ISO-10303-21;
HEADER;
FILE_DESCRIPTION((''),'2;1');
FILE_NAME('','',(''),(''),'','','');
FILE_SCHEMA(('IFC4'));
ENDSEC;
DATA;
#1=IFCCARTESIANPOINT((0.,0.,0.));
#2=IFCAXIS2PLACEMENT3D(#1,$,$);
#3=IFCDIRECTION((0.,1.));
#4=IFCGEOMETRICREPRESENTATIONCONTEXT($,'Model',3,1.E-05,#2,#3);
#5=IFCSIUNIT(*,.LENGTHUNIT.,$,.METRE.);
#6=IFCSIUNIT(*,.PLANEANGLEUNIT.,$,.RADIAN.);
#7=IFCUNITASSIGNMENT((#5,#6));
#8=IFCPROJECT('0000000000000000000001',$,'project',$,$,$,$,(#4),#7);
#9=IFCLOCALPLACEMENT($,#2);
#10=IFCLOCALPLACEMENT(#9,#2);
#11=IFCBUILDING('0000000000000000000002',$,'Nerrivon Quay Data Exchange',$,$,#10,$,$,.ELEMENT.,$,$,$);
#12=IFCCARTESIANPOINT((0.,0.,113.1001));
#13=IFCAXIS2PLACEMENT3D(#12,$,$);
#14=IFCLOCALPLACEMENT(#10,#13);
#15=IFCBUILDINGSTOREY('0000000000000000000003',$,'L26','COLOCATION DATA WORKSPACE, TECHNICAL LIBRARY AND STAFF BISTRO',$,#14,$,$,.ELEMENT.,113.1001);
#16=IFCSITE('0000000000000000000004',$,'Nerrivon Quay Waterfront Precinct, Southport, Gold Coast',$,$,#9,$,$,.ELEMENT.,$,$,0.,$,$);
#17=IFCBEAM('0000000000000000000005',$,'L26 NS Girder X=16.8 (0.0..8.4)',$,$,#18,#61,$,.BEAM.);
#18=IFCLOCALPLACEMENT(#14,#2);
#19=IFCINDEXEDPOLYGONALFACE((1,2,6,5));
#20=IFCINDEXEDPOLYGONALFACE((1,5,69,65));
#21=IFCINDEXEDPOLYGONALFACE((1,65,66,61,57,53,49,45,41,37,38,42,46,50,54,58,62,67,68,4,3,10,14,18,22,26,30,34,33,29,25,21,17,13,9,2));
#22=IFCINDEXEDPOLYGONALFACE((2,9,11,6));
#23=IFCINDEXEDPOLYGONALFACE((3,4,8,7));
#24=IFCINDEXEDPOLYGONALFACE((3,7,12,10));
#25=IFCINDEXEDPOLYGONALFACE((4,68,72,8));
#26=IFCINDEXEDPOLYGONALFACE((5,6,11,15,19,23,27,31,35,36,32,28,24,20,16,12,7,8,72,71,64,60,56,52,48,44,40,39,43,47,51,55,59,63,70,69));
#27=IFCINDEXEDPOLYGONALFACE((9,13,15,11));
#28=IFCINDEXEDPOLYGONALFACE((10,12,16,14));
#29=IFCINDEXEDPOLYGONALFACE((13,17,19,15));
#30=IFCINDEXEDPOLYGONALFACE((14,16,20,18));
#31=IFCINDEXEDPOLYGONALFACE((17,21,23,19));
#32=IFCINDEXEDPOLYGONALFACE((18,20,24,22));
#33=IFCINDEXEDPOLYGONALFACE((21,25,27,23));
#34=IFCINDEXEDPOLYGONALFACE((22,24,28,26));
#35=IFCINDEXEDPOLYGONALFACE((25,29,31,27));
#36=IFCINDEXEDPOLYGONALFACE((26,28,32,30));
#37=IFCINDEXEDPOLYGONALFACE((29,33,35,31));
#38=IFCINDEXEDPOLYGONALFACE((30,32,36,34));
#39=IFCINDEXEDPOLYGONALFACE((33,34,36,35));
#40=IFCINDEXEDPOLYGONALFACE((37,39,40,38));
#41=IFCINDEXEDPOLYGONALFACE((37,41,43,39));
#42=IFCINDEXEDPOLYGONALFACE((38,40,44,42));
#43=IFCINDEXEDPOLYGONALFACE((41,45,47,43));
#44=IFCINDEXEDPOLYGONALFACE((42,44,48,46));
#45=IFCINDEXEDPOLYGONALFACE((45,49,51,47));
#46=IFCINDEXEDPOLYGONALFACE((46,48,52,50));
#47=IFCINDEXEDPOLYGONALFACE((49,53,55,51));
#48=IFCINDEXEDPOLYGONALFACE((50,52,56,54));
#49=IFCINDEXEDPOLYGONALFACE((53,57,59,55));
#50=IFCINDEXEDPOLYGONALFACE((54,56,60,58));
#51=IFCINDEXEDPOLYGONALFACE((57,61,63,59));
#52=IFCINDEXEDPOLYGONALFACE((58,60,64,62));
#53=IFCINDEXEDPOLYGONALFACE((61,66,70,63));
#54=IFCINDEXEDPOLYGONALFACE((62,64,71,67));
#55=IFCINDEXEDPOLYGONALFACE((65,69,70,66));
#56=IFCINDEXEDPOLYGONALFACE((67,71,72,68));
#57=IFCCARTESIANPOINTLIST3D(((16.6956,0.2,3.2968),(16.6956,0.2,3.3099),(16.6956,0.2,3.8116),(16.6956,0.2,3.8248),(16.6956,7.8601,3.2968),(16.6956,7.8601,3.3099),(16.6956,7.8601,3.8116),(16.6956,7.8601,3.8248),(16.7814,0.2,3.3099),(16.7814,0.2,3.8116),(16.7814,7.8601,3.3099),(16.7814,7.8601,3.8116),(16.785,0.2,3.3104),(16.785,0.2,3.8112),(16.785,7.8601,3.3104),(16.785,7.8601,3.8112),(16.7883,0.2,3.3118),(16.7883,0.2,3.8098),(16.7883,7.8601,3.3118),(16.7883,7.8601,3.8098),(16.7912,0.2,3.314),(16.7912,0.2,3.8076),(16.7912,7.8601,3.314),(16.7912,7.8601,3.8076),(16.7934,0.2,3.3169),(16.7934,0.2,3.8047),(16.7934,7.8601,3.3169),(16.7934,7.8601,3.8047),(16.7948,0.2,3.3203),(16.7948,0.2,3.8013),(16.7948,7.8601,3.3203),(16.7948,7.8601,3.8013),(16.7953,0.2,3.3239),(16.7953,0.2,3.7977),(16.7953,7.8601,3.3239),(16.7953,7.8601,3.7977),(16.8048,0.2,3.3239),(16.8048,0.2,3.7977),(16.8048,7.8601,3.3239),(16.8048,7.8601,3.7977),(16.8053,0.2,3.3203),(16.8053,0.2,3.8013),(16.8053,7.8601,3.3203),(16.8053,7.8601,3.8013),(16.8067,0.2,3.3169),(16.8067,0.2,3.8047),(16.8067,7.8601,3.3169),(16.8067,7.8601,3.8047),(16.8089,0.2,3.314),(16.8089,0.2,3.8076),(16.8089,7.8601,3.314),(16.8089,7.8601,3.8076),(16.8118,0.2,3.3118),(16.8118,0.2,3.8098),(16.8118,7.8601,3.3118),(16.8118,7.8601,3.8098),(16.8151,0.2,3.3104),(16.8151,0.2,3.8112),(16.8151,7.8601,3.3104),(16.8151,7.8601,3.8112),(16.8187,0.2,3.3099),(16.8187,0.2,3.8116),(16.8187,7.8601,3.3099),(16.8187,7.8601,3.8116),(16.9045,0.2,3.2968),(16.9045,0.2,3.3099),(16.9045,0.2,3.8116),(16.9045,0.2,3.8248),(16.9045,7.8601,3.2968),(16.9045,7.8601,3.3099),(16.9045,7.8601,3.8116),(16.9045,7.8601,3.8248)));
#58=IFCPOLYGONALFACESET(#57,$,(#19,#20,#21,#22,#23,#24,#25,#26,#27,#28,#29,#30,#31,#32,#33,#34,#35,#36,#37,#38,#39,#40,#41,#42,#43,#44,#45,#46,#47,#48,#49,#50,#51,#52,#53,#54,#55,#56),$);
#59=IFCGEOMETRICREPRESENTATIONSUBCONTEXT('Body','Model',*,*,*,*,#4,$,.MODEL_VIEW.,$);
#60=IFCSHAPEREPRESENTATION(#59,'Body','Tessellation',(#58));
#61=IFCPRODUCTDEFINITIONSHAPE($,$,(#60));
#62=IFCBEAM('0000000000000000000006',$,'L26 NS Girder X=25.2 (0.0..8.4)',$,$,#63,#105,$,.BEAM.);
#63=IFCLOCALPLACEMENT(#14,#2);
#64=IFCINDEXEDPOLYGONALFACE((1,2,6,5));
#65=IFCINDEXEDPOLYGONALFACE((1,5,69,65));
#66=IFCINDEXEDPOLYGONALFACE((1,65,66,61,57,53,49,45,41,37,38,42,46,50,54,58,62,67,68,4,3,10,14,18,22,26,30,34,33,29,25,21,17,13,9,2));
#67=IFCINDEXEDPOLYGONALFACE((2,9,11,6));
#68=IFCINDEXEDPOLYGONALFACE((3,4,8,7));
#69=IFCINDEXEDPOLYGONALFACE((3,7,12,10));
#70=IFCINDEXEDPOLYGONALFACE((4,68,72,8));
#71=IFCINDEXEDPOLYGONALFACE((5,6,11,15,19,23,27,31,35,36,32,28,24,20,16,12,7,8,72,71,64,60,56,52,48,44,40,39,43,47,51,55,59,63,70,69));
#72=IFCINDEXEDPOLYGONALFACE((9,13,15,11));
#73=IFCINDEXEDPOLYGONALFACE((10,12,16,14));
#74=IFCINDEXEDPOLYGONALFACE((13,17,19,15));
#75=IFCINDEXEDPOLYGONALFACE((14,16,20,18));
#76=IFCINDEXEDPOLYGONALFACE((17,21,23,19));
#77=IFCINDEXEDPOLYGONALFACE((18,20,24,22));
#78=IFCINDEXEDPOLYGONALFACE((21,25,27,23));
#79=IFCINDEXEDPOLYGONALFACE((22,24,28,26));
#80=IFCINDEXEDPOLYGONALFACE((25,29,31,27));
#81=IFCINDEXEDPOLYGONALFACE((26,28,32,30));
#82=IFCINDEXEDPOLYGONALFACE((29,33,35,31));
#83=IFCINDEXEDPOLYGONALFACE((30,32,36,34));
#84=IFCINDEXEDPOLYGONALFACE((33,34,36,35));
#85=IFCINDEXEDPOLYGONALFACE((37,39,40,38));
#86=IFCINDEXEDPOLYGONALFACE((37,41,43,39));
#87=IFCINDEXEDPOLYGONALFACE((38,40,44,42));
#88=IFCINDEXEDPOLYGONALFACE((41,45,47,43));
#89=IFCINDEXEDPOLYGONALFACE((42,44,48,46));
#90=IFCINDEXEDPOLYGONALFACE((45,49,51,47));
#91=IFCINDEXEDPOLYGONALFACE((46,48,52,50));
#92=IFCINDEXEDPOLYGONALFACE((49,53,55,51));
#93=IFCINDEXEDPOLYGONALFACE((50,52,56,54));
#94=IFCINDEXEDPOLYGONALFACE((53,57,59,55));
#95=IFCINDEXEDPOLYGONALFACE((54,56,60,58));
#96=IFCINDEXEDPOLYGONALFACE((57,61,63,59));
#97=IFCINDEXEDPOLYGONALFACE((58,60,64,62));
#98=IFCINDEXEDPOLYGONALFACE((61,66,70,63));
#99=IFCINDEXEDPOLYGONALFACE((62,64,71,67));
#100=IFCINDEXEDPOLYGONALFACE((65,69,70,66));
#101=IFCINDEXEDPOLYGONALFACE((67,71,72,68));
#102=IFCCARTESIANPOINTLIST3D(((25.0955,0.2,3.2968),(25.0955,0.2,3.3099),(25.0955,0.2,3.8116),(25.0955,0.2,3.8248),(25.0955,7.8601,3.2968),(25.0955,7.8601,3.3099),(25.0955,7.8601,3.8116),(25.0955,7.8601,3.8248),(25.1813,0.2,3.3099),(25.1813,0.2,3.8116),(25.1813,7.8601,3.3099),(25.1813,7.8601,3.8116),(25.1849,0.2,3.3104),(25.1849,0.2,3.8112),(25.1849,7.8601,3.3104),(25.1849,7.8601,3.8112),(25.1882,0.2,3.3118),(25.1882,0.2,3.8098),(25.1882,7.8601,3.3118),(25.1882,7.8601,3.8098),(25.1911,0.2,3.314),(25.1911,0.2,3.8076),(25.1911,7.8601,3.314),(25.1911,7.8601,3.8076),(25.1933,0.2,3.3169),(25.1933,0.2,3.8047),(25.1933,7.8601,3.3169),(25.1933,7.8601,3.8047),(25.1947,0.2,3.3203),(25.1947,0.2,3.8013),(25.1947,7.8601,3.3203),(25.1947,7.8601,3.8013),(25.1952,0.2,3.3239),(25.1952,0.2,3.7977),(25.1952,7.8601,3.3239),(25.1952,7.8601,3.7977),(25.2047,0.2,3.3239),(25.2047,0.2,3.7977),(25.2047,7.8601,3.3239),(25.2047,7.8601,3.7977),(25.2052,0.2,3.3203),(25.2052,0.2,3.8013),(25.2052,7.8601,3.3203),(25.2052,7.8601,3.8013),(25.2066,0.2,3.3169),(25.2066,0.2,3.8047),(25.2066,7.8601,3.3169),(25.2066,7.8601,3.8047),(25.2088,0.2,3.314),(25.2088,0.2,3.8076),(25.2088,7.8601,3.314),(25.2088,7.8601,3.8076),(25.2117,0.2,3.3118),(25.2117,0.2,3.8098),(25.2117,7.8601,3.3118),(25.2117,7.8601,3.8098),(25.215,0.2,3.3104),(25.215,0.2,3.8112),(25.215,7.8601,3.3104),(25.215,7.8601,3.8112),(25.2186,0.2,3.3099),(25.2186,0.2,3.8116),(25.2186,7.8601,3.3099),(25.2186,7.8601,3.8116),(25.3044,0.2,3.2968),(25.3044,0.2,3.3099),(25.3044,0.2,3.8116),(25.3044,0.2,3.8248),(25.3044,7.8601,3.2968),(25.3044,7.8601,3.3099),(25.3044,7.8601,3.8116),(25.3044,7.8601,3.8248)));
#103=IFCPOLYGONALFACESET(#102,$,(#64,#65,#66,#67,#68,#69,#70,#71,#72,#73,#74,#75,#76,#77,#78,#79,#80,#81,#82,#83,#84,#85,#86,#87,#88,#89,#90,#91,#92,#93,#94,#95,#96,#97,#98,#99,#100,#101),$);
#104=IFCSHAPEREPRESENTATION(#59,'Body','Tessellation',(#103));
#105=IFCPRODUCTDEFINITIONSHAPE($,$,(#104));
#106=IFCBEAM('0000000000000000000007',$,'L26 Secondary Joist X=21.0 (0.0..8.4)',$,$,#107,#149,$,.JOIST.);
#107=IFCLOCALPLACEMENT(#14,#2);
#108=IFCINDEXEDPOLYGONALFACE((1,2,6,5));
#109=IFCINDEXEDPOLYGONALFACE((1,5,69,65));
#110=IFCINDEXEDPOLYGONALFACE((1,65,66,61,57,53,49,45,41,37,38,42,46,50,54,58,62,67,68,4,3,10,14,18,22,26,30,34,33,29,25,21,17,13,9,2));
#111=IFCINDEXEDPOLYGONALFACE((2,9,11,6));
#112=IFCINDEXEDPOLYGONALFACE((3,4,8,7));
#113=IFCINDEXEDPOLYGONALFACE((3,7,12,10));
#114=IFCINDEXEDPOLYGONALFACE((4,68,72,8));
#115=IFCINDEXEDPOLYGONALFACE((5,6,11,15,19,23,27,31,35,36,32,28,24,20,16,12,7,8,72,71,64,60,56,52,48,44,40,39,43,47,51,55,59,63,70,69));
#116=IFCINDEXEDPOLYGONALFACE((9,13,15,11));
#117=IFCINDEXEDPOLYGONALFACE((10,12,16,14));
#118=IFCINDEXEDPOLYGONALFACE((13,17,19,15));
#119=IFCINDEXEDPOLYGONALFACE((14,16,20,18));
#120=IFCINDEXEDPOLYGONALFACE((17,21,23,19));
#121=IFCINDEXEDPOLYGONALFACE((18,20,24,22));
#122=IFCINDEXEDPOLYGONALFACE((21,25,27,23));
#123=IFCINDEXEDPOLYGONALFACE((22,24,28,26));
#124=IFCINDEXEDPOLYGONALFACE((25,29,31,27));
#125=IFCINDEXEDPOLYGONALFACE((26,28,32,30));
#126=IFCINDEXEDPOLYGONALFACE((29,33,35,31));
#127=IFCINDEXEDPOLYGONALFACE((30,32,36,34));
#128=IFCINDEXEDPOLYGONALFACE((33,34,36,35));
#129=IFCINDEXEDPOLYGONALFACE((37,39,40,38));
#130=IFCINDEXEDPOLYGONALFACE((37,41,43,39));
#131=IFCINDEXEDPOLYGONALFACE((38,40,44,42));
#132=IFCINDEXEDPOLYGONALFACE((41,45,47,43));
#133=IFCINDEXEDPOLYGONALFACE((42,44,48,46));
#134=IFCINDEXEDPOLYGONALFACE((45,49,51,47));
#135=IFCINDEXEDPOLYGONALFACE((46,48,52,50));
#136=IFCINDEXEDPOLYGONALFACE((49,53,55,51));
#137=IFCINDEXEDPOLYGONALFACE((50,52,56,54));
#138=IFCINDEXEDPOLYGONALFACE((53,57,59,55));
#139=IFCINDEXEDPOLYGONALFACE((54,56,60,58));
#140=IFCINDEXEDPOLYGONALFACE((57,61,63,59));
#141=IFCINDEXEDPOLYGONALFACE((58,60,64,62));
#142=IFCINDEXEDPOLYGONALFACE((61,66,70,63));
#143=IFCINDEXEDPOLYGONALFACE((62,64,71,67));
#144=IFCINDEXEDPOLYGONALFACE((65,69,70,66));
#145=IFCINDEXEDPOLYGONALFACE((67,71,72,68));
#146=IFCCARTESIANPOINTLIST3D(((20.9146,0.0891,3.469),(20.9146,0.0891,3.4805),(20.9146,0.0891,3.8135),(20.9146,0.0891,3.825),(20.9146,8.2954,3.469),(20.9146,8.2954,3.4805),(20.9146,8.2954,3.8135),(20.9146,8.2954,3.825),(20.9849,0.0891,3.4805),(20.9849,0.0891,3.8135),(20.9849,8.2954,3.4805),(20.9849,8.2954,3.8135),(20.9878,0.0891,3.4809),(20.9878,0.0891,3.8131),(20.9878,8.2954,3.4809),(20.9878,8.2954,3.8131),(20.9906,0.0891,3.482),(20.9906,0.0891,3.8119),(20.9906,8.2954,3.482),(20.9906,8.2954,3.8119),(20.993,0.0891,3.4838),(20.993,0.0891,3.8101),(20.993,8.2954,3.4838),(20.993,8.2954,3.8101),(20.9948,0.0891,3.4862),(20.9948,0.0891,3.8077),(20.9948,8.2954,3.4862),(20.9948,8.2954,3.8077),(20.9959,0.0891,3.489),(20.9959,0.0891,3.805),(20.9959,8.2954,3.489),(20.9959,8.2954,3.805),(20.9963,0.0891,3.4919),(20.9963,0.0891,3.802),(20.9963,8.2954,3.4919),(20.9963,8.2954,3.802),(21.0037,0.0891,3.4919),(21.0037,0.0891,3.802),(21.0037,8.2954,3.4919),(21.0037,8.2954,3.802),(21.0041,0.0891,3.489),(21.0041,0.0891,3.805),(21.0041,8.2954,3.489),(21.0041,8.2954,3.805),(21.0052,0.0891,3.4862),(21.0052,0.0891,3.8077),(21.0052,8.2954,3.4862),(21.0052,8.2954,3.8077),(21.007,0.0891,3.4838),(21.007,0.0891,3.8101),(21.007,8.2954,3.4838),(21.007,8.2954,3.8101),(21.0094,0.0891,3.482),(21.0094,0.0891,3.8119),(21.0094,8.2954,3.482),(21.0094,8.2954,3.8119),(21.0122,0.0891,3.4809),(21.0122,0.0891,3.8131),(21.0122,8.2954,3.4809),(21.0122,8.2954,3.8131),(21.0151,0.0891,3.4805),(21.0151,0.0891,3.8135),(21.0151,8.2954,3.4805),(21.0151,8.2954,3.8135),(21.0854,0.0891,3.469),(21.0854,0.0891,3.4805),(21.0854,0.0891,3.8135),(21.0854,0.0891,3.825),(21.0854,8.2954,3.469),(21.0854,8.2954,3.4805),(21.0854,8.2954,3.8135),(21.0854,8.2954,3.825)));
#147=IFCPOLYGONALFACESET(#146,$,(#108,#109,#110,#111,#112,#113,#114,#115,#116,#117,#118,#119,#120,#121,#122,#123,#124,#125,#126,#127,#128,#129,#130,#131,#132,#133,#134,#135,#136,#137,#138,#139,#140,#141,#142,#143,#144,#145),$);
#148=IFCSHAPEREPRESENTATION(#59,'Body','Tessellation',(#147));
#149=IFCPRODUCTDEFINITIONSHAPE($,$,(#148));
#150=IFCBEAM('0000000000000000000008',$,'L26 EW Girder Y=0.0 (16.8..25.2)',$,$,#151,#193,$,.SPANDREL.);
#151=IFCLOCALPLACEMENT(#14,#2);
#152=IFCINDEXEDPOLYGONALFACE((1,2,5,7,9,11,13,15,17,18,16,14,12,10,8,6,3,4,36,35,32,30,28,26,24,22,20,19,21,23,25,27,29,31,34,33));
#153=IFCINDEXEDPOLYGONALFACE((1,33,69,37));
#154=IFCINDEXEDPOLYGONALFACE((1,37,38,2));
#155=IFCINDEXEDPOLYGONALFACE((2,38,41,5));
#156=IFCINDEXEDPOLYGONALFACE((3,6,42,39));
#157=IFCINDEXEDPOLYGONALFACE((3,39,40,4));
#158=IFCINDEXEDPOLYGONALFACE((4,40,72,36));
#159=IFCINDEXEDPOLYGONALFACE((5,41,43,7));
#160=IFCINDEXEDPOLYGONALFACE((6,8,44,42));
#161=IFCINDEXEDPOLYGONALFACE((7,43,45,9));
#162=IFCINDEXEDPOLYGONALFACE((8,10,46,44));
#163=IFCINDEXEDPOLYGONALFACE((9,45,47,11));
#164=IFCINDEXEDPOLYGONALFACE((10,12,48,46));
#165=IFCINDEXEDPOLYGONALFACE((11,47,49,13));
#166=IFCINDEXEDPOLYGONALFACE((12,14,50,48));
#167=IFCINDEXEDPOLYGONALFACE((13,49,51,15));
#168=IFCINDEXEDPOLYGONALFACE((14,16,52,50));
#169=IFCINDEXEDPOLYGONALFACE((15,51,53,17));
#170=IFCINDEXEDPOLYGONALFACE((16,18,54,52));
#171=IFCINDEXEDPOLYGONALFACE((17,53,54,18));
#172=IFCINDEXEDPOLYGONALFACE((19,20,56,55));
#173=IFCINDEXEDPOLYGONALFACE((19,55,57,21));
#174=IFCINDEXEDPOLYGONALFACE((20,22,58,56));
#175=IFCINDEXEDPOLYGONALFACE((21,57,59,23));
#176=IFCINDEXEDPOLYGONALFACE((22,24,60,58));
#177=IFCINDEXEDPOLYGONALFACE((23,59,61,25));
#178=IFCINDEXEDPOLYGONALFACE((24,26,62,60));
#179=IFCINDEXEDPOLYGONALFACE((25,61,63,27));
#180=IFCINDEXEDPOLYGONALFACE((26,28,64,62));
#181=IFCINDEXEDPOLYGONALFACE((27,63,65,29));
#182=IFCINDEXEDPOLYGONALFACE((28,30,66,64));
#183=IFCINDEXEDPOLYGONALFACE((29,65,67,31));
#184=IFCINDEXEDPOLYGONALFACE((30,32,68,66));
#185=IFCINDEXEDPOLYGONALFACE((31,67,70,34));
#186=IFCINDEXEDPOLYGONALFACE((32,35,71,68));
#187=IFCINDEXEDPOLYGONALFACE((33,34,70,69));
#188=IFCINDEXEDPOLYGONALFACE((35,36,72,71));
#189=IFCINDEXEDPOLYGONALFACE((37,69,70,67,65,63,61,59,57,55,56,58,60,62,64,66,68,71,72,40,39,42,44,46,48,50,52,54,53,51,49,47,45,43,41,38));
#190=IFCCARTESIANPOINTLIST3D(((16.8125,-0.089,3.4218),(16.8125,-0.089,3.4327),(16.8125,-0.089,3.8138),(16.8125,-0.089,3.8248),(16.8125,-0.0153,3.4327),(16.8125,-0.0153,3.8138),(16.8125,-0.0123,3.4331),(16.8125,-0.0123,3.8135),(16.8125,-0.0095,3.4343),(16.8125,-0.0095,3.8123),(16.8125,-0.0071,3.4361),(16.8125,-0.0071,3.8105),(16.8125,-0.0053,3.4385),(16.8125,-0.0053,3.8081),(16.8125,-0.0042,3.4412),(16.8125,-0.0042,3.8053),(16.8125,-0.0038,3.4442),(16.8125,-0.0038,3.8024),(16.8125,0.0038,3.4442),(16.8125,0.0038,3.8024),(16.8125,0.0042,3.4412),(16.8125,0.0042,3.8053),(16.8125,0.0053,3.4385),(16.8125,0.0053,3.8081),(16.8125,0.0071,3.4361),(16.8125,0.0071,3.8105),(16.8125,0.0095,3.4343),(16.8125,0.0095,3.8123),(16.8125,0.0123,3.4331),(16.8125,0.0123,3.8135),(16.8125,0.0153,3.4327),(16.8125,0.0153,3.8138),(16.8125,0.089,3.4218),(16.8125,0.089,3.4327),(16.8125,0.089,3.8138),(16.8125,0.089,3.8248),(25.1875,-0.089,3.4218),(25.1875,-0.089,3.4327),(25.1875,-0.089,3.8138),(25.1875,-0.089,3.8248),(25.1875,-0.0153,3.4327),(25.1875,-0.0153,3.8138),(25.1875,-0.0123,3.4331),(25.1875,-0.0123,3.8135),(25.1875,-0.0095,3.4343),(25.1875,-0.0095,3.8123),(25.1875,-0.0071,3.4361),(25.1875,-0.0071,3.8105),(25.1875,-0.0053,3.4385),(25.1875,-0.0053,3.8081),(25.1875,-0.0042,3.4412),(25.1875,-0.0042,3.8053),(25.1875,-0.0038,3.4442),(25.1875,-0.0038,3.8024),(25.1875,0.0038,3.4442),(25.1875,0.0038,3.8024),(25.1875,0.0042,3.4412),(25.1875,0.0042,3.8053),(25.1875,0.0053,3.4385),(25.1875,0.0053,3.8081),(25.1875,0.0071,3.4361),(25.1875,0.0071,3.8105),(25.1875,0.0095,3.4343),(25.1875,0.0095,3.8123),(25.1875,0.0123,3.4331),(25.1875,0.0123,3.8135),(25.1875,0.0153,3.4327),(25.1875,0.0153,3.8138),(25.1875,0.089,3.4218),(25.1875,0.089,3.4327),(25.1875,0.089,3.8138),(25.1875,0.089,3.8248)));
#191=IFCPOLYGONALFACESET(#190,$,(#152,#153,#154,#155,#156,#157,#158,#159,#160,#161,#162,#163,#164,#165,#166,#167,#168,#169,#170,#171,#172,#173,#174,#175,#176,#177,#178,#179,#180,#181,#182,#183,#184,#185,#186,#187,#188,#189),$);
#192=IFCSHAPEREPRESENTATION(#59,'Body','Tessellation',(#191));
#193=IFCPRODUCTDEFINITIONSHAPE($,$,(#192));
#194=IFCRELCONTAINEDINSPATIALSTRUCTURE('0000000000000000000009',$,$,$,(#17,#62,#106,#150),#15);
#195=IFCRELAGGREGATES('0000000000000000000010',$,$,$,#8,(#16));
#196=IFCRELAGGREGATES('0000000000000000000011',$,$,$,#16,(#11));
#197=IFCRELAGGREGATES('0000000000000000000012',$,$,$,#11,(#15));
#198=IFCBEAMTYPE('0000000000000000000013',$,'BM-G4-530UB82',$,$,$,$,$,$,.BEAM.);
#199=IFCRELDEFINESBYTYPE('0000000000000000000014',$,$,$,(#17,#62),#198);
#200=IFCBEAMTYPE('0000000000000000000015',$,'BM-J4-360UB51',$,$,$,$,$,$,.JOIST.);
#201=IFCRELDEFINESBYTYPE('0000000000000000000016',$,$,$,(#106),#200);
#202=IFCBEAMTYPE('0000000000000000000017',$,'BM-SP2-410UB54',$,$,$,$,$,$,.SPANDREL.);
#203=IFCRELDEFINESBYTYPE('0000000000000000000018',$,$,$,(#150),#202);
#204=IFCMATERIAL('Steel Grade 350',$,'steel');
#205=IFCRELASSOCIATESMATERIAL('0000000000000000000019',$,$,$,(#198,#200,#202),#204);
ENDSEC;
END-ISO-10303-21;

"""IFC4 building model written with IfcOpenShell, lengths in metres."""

from ifc_helpers import new_model, si_unit, direction, frame, origin, origin_2d, place, context, subcontext, project, spatial, i_section, extrude, material, material_profile, profile_set, type_object, element, save


model = new_model("IFC4")

# Units and contexts
model_context = context("Model", 3, precision=1e-05, world=origin(), true_north=direction((0.0, 1.0)))
body_context = subcontext(model_context, "Body", "Model", "MODEL_VIEW")
ifc_project = project(units=[si_unit("LENGTHUNIT", "METRE"), si_unit("PLANEANGLEUNIT", "RADIAN")], contexts=[model_context])

# Site, building, storey
site_placement = place(None, origin())
site = spatial("IfcSite", under=ifc_project, at=site_placement, Name="Nerrivon Quay Waterfront Precinct, Southport, Gold Coast", CompositionType="ELEMENT", RefElevation=0.0)
building_placement = place(site_placement, origin())
building = spatial("IfcBuilding", under=site, at=building_placement, Name="Nerrivon Quay Data Exchange", CompositionType="ELEMENT")
storey_placement = place(building_placement, frame((0.0, 0.0, 113.1001)))
storey = spatial("IfcBuildingStorey", under=building, at=storey_placement, Name="L26", Description="COLOCATION DATA WORKSPACE, TECHNICAL LIBRARY AND STAFF BISTRO", CompositionType="ELEMENT", Elevation=113.1001)

# Shared definitions
ifc_material_1 = material(Name="Steel Grade 350", Category="steel")

# Beams
ifc_material_profile_1 = material_profile(ifc_material_1, i_section(OverallWidth=0.209, OverallDepth=0.5281, WebThickness=0.0095, FlangeThickness=0.0132, FilletRadius=0.0139, at=origin_2d()), Name="530UB82.0")
ifc_profile_set_1 = profile_set([ifc_material_profile_1], Name="Steel Grade 350")
beam_type_1 = type_object("IfcBeamType", Name="BM-G4-530UB82", PredefinedType="BEAM", material=ifc_profile_set_1)
for number, where, z_axis, x_axis, name in (
    (1, (16.8, 0.2, 3.5608), (0.0, 1.0, 0.0), (-1.0, 0.0, 0.0), "L26 NS Girder X=16.8 (0.0..8.4)"),
    (2, (25.2, 0.2, 3.5608), (0.0, 1.0, 0.0), (-1.0, 0.0, 0.0), "L26 NS Girder X=25.2 (0.0..8.4)"),
):
    element("IfcBeam", number, at=place(storey_placement, frame(where, z_axis=z_axis, x_axis=x_axis)), inside=storey, type_object=beam_type_1, Name=name, PredefinedType="BEAM", context=body_context, shape_type="SweptSolid", body=[
        extrude(i_section(OverallWidth=0.209, OverallDepth=0.5281, WebThickness=0.0095, FlangeThickness=0.0132, FilletRadius=0.0139, at=origin_2d()), origin(), (0.0, 0.0, 1.0), 7.6602),
    ])
ifc_material_profile_2 = material_profile(ifc_material_1, i_section(OverallWidth=0.1709, OverallDepth=0.356, WebThickness=0.0073, FlangeThickness=0.0115, FilletRadius=0.0115, at=origin_2d()), Name="360UB50.7")
ifc_profile_set_2 = profile_set([ifc_material_profile_2], Name="Steel Grade 350")
beam_type_2 = type_object("IfcBeamType", Name="BM-J4-360UB51", PredefinedType="JOIST", material=ifc_profile_set_2)
beam_1_placement = place(storey_placement, frame((21.0, 0.0891, 3.647), z_axis=(0.0, 1.0, 0.0), x_axis=(-1.0, 0.0, 0.0)))
element("IfcBeam", 3, at=beam_1_placement, inside=storey, type_object=beam_type_2, Name="L26 Secondary Joist X=21.0 (0.0..8.4)", PredefinedType="JOIST", context=body_context, shape_type="SweptSolid", body=[
    extrude(i_section(OverallWidth=0.1709, OverallDepth=0.356, WebThickness=0.0073, FlangeThickness=0.0115, FilletRadius=0.0115, at=origin_2d()), origin(), (0.0, 0.0, 1.0), 8.2063),
])
ifc_material_profile_3 = material_profile(ifc_material_1, i_section(OverallWidth=0.178, OverallDepth=0.4031, WebThickness=0.0076, FlangeThickness=0.011, FilletRadius=0.0115, at=origin_2d()), Name="410UB53.7")
ifc_profile_set_3 = profile_set([ifc_material_profile_3], Name="Steel Grade 350")
beam_type_3 = type_object("IfcBeamType", Name="BM-SP2-410UB54", PredefinedType="SPANDREL", material=ifc_profile_set_3)
for number, where, z_axis, x_axis, name in (
    (4, (16.8125, 0.0, 3.6233), (1.0, 0.0, 0.0), (0.0, 1.0, 0.0), "L26 EW Girder Y=0.0 (16.8..25.2)"),
):
    element("IfcBeam", number, at=place(storey_placement, frame(where, z_axis=z_axis, x_axis=x_axis)), inside=storey, type_object=beam_type_3, Name=name, PredefinedType="SPANDREL", context=body_context, shape_type="SweptSolid", body=[
        extrude(i_section(OverallWidth=0.178, OverallDepth=0.4031, WebThickness=0.0076, FlangeThickness=0.011, FilletRadius=0.0115, at=origin_2d()), origin(), (0.0, 0.0, 1.0), 8.375),
    ])

save(model, "model.ifc")
